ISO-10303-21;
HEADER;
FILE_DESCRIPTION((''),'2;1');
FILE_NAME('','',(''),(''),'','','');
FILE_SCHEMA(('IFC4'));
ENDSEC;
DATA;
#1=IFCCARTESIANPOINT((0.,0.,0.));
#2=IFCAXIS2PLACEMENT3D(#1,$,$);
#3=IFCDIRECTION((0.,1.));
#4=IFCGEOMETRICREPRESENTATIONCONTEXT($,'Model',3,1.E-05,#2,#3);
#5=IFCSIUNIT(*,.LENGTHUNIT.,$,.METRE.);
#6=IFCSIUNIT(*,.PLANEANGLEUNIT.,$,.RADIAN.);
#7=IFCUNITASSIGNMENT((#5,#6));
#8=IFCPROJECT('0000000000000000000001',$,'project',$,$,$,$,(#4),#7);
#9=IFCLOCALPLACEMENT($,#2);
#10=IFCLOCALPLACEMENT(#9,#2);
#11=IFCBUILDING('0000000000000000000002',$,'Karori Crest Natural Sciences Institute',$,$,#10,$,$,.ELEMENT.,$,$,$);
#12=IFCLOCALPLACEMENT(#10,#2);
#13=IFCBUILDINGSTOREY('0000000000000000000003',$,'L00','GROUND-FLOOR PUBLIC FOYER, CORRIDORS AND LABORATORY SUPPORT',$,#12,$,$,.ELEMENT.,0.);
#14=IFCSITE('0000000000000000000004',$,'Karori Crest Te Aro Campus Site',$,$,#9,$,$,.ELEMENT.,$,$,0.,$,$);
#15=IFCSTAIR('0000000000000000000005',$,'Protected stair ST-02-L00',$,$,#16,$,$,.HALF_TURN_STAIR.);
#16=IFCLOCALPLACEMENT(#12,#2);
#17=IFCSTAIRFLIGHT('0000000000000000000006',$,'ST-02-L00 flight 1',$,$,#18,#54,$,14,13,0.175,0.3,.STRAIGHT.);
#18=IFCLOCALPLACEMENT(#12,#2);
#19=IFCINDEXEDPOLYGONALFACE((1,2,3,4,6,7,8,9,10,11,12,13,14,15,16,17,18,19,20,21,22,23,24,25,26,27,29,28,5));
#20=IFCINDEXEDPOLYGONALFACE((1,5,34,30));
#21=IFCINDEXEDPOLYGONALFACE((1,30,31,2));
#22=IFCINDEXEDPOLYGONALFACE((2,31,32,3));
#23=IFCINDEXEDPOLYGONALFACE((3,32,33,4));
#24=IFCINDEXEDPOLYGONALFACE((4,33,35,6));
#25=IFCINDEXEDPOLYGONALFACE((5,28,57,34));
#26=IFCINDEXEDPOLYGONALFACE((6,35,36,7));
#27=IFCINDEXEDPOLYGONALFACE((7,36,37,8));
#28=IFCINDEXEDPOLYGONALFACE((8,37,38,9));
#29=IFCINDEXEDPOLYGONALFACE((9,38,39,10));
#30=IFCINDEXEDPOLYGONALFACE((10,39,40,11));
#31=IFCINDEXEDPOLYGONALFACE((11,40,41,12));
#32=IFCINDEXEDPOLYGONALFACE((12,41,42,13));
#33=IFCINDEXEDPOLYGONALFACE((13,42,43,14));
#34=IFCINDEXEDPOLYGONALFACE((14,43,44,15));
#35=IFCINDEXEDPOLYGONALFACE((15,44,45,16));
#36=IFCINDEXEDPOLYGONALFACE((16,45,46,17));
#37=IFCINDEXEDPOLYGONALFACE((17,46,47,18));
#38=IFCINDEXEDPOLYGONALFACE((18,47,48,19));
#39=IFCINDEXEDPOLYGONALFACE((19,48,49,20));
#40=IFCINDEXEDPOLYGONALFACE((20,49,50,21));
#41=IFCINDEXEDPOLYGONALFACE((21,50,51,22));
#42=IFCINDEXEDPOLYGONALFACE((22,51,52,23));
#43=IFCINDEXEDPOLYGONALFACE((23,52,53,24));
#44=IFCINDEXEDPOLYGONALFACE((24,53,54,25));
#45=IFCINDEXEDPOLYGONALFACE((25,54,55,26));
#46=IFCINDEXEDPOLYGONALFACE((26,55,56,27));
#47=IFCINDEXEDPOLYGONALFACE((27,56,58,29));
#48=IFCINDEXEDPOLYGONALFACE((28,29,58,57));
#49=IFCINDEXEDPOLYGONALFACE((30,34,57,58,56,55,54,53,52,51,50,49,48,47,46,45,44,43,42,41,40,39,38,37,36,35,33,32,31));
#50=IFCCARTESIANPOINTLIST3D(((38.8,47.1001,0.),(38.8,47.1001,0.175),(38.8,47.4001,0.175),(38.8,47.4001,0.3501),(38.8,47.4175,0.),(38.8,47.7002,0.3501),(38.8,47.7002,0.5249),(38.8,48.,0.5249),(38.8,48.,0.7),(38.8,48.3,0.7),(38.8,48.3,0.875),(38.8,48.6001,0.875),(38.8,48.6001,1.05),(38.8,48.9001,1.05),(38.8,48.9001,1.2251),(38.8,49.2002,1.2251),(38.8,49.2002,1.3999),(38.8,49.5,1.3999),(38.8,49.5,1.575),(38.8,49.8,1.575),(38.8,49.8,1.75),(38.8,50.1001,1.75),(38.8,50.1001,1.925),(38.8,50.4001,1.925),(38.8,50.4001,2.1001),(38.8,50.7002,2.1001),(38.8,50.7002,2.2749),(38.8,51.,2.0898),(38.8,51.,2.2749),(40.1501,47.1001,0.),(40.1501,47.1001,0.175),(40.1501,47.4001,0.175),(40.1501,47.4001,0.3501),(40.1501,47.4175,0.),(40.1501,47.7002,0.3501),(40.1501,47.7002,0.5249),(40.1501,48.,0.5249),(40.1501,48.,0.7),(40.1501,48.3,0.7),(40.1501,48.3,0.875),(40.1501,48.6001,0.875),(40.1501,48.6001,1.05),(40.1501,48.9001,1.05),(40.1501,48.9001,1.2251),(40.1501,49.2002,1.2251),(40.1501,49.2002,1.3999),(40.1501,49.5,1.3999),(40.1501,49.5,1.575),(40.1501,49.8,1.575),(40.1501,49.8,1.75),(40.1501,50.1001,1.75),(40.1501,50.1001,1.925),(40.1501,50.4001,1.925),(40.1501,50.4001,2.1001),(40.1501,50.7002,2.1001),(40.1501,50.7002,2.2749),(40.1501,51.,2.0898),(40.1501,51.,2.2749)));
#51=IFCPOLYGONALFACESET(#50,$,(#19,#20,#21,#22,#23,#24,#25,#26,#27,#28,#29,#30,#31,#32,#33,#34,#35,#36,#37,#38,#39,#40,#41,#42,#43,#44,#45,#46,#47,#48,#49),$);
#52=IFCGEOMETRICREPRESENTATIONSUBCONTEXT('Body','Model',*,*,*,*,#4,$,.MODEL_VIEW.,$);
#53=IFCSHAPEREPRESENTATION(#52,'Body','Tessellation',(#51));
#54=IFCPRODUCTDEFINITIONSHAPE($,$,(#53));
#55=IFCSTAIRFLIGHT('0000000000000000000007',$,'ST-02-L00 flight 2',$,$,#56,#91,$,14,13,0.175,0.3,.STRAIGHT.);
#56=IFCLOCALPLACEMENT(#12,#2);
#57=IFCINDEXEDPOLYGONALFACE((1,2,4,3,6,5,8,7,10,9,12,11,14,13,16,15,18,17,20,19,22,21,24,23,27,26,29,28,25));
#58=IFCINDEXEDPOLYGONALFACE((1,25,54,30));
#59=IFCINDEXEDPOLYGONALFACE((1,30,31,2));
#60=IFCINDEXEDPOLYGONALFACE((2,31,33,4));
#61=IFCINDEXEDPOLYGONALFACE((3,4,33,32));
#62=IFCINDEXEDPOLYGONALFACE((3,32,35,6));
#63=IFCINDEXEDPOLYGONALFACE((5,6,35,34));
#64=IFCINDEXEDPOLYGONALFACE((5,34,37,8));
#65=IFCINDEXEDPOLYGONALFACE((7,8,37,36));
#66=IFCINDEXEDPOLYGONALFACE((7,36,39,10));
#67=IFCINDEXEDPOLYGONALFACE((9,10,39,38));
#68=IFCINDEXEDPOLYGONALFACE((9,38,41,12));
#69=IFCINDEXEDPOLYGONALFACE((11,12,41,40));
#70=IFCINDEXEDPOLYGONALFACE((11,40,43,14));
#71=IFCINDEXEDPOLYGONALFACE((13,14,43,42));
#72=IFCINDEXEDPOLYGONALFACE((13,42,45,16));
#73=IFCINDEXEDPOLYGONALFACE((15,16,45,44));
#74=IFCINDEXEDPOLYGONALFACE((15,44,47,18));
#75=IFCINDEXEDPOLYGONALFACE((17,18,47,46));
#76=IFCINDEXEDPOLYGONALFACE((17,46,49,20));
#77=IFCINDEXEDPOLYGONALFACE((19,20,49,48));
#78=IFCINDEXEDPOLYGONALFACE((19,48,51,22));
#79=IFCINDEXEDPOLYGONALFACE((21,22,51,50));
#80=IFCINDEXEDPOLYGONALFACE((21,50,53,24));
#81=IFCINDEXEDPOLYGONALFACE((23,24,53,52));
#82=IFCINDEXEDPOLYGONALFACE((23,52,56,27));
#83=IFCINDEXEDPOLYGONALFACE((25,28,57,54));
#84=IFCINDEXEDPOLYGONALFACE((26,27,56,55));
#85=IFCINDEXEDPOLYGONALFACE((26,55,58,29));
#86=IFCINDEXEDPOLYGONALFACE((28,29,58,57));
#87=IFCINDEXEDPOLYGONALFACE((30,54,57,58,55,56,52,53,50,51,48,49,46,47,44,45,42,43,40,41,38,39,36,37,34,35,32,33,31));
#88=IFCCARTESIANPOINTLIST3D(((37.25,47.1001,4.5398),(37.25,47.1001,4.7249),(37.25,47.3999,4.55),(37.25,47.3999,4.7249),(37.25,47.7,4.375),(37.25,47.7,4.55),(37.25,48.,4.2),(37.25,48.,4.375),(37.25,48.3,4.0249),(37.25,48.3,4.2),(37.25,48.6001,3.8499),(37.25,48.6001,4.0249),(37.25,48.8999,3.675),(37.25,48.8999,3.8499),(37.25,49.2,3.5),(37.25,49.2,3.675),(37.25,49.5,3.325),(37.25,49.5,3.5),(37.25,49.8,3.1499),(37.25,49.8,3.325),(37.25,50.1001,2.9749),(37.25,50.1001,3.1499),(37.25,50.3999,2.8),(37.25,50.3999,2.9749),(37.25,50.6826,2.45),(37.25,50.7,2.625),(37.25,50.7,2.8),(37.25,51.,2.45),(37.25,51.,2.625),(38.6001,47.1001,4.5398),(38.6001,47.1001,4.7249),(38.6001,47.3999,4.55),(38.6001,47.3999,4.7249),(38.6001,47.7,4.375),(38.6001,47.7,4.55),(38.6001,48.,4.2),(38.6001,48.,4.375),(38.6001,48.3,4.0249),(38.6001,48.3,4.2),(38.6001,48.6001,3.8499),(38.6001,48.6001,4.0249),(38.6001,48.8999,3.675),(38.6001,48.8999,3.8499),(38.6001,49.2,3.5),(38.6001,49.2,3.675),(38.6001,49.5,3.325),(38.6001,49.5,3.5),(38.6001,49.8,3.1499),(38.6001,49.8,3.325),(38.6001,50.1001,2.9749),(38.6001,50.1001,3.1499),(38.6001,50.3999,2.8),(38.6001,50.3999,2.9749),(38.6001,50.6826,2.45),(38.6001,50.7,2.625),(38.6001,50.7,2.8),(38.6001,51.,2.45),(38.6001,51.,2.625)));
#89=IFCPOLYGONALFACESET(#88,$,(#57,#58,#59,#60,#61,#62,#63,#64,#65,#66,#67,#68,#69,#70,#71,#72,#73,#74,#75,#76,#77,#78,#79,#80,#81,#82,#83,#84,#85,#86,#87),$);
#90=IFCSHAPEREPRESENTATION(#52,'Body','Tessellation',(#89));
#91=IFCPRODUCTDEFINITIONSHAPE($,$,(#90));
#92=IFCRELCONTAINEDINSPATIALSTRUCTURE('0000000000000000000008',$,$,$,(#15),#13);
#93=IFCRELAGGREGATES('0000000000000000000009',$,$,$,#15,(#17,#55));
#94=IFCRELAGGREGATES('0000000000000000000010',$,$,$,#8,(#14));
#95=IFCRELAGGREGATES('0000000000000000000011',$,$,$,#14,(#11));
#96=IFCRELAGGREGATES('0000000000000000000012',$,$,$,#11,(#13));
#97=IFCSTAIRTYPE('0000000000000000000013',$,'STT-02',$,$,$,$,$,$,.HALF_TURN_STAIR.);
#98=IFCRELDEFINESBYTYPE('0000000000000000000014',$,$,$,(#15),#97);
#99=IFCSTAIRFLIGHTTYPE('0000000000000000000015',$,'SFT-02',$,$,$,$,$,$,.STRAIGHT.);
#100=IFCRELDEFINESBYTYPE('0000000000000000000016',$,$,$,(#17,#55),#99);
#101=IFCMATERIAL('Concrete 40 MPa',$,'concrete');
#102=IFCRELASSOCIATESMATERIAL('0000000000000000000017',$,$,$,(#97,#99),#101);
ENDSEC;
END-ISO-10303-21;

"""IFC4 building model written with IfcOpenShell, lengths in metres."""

from ifc_helpers import new_model, si_unit, direction, frame, origin, place, context, subcontext, project, spatial, polyline, outline, extrude, material, type_object, element, aggregate, save


model = new_model("IFC4")

# Units and contexts
model_context = context("Model", 3, precision=1e-05, world=origin(), true_north=direction((0.0, 1.0)))
body_context = subcontext(model_context, "Body", "Model", "MODEL_VIEW")
ifc_project = project(units=[si_unit("LENGTHUNIT", "METRE"), si_unit("PLANEANGLEUNIT", "RADIAN")], contexts=[model_context])

# Site, building, storey
site_placement = place(None, origin())
site = spatial("IfcSite", under=ifc_project, at=site_placement, Name="Karori Crest Te Aro Campus Site", CompositionType="ELEMENT", RefElevation=0.0)
building_placement = place(site_placement, origin())
building = spatial("IfcBuilding", under=site, at=building_placement, Name="Karori Crest Natural Sciences Institute", CompositionType="ELEMENT")
storey_placement = place(building_placement, origin())
storey = spatial("IfcBuildingStorey", under=building, at=storey_placement, Name="L00", Description="GROUND-FLOOR PUBLIC FOYER, CORRIDORS AND LABORATORY SUPPORT", CompositionType="ELEMENT", Elevation=0.0)

# Stair, stair flights
ifc_material_1 = material(Name="Concrete 40 MPa", Category="concrete")
stair_type = type_object("IfcStairType", Name="STT-02", PredefinedType="HALF_TURN_STAIR", material=ifc_material_1)
stair_placement = place(storey_placement, origin())
stair = element("IfcStair", 1, at=stair_placement, inside=storey, type_object=stair_type, Name="Protected stair ST-02-L00", PredefinedType="HALF_TURN_STAIR")
stair_flight_type = type_object("IfcStairFlightType", Name="SFT-02", PredefinedType="STRAIGHT", material=ifc_material_1)
stair_flight_1_placement = place(storey_placement, frame((39.4751, 47.1001, 0.0), z_axis=(0.0, 0.0, 1.0), x_axis=(0.0, 1.0, 0.0)))
stair_flight_1 = element("IfcStairFlight", 2, at=stair_flight_1_placement, type_object=stair_flight_type, Name="ST-02-L00 flight 1", NumberOfRisers=14, NumberOfTreads=13, PredefinedType="STRAIGHT", RiserHeight=0.175, TreadLength=0.3, context=body_context, shape_type="SweptSolid", body=[
    extrude(outline(polyline([(0.0, 0.0), (0.0, 0.175), (0.3, 0.175), (0.3, 0.3501), (0.6001, 0.3501), (0.6001, 0.5249), (0.8999, 0.5249), (0.8999, 0.7), (1.2, 0.7), (1.2, 0.875), (1.5, 0.875), (1.5, 1.05), (1.8, 1.05), (1.8, 1.2251), (2.1001, 1.2251), (2.1001, 1.3999), (2.3999, 1.3999), (2.3999, 1.575), (2.7, 1.575), (2.7, 1.75), (3.0, 1.75), (3.0, 1.925), (3.3, 1.925), (3.3, 2.1001), (3.6001, 2.1001), (3.6001, 2.2749), (3.8999, 2.2749), (3.8999, 2.45), (3.8999, 2.0898), (0.3174, 0.0), (0.0, 0.0)])), frame((0.0, 0.675, 0.0), z_axis=(0.0, -1.0, 0.0), x_axis=(1.0, 0.0, 0.0)), (0.0, 0.0, 1.0), 1.3501),
])
stair_flight_2_placement = place(storey_placement, frame((37.925, 51.0, 2.45), z_axis=(0.0, 0.0, 1.0), x_axis=(0.0, -1.0, 0.0)))
stair_flight_2 = element("IfcStairFlight", 3, at=stair_flight_2_placement, type_object=stair_flight_type, Name="ST-02-L00 flight 2", NumberOfRisers=14, NumberOfTreads=13, PredefinedType="STRAIGHT", RiserHeight=0.175, TreadLength=0.3, context=body_context, shape_type="SweptSolid", body=[
    extrude(outline(polyline([(0.0, 0.0), (0.0, 0.175), (0.3, 0.175), (0.3, 0.3501), (0.6001, 0.3501), (0.6001, 0.5249), (0.8999, 0.5249), (0.8999, 0.7), (1.2, 0.7), (1.2, 0.875), (1.5, 0.875), (1.5, 1.05), (1.8, 1.05), (1.8, 1.2251), (2.1001, 1.2251), (2.1001, 1.3999), (2.3999, 1.3999), (2.3999, 1.575), (2.7, 1.575), (2.7, 1.75), (3.0, 1.75), (3.0, 1.925), (3.3, 1.925), (3.3, 2.1001), (3.6001, 2.1001), (3.6001, 2.2749), (3.8999, 2.2749), (3.8999, 2.45), (3.8999, 2.0898), (0.3174, 0.0), (0.0, 0.0)])), frame((0.0, 0.675, 0.0), z_axis=(0.0, -1.0, 0.0), x_axis=(1.0, 0.0, 0.0)), (0.0, 0.0, 1.0), 1.3501),
])
aggregate(stair, [stair_flight_1, stair_flight_2])

save(model, "model.ifc")
